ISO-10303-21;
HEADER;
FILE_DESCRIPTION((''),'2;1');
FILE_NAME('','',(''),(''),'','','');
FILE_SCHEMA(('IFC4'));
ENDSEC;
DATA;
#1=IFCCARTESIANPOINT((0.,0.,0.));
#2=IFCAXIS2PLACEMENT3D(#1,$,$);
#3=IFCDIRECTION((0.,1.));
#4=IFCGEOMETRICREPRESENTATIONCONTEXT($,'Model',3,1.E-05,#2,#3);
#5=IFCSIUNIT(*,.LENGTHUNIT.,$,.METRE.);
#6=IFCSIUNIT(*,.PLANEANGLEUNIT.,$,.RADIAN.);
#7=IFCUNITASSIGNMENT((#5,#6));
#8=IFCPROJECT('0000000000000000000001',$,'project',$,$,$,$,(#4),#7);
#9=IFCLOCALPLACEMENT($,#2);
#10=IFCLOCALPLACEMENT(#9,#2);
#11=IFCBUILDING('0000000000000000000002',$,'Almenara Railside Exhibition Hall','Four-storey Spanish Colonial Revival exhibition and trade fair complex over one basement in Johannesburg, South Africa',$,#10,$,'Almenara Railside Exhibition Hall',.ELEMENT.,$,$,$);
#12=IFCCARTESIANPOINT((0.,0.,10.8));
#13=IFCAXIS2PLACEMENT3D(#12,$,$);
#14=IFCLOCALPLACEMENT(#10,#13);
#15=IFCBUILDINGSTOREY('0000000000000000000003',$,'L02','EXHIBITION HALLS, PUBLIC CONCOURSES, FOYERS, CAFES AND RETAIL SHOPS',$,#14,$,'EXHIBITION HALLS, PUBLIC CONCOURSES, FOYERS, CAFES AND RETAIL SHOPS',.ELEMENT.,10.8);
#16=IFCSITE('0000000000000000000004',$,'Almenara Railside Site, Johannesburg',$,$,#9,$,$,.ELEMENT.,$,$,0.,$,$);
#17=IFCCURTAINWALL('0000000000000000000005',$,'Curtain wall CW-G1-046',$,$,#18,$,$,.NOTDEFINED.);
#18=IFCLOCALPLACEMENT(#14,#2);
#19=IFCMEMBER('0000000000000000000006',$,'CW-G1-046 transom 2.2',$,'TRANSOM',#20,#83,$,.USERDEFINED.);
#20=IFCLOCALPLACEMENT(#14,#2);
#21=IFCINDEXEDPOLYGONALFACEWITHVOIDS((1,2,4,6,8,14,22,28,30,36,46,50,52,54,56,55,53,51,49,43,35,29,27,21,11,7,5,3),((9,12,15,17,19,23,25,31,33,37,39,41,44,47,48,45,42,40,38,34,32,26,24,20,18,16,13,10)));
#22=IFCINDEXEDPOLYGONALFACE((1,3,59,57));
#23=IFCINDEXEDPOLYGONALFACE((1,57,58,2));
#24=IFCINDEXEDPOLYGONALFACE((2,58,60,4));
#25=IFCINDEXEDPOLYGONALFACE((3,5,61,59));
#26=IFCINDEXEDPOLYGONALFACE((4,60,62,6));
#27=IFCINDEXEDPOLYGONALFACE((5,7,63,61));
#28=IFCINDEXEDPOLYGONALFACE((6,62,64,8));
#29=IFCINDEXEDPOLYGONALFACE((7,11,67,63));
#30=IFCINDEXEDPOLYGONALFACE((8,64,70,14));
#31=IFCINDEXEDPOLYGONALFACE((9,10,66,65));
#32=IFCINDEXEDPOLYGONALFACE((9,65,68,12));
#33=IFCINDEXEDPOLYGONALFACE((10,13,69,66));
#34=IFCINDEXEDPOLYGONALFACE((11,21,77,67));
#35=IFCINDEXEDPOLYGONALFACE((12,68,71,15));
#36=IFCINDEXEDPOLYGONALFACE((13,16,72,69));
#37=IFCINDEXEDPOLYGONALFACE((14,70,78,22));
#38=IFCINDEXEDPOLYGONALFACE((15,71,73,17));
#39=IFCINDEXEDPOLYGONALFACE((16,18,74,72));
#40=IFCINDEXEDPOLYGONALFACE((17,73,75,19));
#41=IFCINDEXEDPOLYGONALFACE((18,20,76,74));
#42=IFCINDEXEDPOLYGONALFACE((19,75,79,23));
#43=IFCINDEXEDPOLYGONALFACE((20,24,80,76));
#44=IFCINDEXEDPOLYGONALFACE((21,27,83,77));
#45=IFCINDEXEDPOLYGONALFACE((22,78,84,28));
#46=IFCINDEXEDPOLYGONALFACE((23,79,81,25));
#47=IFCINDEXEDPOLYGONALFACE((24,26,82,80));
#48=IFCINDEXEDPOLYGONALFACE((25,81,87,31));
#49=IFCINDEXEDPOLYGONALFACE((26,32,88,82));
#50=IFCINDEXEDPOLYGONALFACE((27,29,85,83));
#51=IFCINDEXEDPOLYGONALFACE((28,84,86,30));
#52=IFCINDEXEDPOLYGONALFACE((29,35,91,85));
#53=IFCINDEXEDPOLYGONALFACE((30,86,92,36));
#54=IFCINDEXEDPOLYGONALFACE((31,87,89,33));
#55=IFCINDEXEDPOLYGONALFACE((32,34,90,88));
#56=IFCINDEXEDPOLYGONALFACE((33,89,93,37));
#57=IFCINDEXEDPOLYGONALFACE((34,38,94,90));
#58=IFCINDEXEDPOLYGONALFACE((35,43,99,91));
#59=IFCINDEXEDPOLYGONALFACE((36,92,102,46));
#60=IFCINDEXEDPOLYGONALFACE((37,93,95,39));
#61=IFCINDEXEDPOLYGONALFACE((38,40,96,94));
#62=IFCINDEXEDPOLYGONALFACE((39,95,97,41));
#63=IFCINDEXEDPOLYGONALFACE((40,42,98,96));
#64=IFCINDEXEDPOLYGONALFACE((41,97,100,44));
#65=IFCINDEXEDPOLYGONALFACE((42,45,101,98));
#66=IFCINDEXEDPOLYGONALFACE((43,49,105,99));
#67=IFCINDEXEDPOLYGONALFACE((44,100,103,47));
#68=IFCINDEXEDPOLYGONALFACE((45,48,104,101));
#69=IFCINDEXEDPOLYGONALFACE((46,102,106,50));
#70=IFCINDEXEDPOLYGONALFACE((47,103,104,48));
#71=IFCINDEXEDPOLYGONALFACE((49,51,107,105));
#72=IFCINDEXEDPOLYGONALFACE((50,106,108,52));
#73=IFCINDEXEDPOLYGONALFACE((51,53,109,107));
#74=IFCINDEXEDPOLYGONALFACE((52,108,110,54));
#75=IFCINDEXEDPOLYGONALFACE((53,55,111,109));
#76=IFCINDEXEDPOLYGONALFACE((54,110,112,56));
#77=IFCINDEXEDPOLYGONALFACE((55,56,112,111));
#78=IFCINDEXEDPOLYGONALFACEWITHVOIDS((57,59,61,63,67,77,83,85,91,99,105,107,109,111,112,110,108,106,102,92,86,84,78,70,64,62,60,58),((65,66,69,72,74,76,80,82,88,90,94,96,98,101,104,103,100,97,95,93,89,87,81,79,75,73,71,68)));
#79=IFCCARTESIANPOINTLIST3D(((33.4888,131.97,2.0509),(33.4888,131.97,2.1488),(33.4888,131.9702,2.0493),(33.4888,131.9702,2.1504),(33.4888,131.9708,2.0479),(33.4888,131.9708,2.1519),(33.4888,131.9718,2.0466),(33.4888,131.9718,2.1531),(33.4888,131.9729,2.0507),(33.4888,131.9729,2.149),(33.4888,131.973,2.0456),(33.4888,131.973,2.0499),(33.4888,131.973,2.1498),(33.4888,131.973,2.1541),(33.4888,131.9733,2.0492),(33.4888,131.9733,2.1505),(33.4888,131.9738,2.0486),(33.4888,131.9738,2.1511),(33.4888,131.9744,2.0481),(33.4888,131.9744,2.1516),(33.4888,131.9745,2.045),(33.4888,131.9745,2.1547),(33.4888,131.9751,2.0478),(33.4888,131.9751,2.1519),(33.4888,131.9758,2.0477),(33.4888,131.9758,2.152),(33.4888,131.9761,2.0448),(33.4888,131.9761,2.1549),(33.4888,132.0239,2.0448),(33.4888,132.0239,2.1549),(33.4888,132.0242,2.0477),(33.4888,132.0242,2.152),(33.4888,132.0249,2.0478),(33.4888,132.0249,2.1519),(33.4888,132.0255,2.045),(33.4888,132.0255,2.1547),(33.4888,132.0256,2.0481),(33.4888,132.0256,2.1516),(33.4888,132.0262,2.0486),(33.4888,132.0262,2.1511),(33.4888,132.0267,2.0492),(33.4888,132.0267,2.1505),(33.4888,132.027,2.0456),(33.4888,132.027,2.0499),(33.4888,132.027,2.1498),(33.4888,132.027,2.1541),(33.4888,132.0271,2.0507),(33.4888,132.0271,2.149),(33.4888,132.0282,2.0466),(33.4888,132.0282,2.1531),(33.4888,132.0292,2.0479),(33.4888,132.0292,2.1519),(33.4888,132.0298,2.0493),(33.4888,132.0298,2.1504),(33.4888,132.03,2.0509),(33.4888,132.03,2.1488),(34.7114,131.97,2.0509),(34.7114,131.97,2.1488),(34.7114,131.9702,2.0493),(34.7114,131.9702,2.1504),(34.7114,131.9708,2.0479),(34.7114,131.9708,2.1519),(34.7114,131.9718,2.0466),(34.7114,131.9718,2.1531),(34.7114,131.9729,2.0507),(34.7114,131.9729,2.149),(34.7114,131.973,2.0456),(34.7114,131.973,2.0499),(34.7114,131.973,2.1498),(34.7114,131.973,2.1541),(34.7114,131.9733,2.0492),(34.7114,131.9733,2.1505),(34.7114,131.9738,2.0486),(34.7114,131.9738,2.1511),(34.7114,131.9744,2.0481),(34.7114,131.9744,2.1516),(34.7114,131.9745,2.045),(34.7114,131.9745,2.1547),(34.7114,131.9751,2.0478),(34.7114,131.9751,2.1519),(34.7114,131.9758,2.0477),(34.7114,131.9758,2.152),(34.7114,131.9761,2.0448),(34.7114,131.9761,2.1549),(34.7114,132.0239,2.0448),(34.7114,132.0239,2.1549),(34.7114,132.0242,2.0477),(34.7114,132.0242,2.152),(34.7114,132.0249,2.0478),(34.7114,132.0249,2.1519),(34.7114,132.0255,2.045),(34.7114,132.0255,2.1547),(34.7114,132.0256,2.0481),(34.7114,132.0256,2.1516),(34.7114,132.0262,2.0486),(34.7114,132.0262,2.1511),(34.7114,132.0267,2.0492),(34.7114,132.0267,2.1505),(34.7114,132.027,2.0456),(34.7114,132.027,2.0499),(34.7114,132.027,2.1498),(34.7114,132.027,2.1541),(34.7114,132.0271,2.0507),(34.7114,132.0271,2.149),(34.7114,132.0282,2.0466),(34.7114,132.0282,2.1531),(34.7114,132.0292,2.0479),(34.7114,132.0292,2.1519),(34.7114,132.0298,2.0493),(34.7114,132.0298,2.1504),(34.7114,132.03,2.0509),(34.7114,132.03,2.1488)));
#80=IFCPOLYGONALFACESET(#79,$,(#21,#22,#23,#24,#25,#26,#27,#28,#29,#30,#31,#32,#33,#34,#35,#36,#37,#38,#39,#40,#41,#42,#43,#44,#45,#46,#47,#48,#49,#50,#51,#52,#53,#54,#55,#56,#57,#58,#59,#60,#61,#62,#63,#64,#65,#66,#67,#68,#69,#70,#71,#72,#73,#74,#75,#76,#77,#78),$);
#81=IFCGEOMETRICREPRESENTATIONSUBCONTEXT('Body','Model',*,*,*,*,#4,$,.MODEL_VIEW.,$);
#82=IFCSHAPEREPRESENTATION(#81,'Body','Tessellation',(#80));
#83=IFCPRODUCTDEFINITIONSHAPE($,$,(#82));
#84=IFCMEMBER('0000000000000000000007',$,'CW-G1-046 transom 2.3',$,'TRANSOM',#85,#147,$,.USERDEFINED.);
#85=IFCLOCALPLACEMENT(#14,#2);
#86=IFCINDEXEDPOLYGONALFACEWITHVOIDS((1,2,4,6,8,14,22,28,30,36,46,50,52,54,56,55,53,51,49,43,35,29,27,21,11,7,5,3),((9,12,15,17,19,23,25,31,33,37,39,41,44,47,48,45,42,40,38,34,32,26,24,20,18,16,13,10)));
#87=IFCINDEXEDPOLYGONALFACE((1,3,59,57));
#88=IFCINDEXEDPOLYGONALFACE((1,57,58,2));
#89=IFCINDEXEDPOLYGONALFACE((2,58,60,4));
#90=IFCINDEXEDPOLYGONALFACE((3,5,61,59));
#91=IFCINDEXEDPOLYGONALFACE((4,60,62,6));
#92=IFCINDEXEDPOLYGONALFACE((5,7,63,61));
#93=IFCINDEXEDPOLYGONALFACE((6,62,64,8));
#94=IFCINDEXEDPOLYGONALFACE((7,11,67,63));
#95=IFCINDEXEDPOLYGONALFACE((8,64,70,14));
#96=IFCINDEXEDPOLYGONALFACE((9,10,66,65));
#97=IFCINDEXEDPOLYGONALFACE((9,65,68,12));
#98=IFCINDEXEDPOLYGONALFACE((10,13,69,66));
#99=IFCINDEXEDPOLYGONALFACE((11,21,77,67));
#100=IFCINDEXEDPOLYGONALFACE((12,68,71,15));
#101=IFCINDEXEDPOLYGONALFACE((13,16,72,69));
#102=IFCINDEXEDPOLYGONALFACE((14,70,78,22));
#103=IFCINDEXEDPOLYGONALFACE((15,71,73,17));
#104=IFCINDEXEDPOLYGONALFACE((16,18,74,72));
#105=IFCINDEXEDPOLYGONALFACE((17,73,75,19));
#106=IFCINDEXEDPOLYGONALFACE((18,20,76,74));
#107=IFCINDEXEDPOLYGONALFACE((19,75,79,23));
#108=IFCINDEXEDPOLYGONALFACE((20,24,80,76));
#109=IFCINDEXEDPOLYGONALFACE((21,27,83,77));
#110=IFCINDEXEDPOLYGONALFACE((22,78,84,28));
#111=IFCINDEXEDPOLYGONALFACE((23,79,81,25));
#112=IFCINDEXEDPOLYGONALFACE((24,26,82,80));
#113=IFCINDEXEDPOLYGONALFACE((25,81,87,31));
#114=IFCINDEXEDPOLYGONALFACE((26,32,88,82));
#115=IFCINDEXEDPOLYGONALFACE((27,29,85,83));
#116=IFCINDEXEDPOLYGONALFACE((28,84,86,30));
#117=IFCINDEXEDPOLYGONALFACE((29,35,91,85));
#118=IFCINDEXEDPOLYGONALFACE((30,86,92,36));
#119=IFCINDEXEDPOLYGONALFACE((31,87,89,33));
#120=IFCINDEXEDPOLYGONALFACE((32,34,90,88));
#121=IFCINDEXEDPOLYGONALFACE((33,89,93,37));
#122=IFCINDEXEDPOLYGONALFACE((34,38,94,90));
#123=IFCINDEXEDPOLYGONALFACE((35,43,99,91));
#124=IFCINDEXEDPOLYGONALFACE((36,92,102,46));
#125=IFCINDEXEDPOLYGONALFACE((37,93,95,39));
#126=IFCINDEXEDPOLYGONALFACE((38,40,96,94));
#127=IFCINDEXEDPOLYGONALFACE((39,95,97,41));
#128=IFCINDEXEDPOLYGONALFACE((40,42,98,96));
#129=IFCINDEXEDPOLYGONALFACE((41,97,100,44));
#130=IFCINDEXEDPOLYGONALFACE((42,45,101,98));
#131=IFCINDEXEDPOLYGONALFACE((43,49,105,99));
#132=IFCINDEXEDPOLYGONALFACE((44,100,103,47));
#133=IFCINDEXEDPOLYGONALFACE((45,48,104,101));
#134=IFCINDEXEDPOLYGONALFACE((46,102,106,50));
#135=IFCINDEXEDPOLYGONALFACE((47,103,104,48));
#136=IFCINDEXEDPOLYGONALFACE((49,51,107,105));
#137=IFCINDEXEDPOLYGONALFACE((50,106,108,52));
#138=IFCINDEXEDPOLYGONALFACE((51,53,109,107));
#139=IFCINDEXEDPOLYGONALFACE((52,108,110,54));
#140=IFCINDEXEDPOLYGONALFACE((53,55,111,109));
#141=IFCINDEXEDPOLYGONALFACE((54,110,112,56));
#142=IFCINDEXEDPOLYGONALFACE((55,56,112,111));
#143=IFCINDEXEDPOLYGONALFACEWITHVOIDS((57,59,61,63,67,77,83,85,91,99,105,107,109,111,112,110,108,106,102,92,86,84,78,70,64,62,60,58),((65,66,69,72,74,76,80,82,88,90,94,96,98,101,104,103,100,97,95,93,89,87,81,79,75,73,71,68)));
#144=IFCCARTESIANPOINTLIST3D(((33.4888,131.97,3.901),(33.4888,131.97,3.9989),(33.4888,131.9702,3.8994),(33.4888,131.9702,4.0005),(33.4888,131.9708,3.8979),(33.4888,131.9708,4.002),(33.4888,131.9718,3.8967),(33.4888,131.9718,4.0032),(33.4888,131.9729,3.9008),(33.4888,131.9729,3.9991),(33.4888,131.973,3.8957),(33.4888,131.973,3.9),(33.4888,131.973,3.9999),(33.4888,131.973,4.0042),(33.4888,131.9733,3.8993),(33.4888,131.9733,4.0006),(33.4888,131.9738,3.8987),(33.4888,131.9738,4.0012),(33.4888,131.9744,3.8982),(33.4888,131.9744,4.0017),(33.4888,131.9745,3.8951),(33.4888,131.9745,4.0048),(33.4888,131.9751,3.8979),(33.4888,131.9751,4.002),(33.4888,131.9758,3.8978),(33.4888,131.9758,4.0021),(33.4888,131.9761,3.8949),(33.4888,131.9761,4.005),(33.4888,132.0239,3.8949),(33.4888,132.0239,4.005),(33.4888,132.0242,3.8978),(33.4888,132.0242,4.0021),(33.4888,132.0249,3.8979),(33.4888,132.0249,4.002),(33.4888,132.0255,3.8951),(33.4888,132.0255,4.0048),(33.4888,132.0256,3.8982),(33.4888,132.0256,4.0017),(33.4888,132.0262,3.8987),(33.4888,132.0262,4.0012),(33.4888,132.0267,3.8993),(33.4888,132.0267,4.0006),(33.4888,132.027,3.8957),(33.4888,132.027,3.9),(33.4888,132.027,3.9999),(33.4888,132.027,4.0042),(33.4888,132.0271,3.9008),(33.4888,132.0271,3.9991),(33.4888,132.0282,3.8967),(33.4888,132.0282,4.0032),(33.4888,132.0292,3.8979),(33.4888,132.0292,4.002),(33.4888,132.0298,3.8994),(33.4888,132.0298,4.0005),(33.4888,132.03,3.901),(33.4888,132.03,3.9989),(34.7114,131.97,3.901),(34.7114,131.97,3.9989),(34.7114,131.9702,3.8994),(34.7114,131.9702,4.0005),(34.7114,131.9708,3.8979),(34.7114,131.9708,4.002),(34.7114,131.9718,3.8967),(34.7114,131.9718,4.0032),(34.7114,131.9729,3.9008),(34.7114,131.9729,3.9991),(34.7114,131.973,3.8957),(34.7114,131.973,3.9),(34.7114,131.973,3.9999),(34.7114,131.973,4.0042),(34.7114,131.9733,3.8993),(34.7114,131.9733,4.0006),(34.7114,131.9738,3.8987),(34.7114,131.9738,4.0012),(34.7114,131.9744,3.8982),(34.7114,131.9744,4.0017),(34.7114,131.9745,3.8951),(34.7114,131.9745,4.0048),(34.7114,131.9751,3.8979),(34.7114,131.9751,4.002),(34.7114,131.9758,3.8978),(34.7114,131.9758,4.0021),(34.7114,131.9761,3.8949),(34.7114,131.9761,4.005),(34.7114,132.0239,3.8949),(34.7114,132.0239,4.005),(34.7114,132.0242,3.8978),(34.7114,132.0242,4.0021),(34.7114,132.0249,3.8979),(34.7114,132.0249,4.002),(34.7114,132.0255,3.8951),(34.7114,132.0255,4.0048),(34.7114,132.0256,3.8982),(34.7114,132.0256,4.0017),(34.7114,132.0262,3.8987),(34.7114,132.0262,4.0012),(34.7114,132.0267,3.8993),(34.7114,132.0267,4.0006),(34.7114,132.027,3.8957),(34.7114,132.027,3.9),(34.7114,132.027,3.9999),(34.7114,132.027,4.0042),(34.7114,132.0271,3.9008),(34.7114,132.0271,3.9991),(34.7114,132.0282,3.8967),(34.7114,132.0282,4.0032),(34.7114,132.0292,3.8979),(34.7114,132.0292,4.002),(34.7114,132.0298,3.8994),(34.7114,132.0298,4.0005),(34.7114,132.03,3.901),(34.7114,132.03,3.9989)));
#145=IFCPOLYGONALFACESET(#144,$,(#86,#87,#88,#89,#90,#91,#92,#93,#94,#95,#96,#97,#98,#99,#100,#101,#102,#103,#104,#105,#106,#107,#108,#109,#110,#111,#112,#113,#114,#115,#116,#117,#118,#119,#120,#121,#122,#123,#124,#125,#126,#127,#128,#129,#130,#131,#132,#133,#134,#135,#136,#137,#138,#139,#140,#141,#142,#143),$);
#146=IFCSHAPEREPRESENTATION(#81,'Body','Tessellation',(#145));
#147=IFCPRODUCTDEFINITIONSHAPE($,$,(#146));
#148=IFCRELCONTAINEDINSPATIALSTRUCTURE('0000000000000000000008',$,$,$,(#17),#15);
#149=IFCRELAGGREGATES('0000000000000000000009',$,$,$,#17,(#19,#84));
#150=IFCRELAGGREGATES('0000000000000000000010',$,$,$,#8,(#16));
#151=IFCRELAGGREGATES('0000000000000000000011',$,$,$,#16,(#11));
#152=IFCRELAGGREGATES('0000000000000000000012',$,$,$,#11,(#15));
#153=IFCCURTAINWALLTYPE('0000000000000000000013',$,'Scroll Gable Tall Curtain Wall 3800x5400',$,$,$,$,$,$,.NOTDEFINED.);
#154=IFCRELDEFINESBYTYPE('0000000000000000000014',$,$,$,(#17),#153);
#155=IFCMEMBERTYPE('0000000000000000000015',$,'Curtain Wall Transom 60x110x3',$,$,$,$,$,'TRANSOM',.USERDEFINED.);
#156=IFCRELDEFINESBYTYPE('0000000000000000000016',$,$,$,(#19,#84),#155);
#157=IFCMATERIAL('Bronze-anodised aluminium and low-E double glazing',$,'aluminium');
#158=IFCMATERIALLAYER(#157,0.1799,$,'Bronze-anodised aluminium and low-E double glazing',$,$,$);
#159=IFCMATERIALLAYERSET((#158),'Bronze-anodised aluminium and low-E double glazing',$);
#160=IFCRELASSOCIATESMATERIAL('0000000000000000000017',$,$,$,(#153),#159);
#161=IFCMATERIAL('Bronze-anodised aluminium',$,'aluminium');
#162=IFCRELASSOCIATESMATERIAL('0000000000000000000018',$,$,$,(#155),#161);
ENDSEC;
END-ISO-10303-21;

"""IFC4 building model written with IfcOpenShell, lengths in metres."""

from ifc_helpers import new_model, si_unit, direction, frame, origin, origin_2d, place, context, subcontext, project, spatial, hollow_rectangle, extrude, material, layer, layer_set, material_profile, profile_set, type_object, element, aggregate, save


model = new_model("IFC4")

# Units and contexts
model_context = context("Model", 3, precision=1e-05, world=origin(), true_north=direction((0.0, 1.0)))
body_context = subcontext(model_context, "Body", "Model", "MODEL_VIEW")
ifc_project = project(units=[si_unit("LENGTHUNIT", "METRE"), si_unit("PLANEANGLEUNIT", "RADIAN")], contexts=[model_context])

# Site, building, storey
site_placement = place(None, origin())
site = spatial("IfcSite", under=ifc_project, at=site_placement, Name="Almenara Railside Site, Johannesburg", CompositionType="ELEMENT", RefElevation=0.0)
building_placement = place(site_placement, origin())
building = spatial("IfcBuilding", under=site, at=building_placement, Name="Almenara Railside Exhibition Hall", Description="Four-storey Spanish Colonial Revival exhibition and trade fair complex over one basement in Johannesburg, South Africa", LongName="Almenara Railside Exhibition Hall", CompositionType="ELEMENT")
storey_placement = place(building_placement, frame((0.0, 0.0, 10.8)))
storey = spatial("IfcBuildingStorey", under=building, at=storey_placement, Name="L02", Description="EXHIBITION HALLS, PUBLIC CONCOURSES, FOYERS, CAFES AND RETAIL SHOPS", LongName="EXHIBITION HALLS, PUBLIC CONCOURSES, FOYERS, CAFES AND RETAIL SHOPS", CompositionType="ELEMENT", Elevation=10.8)

# Curtain wall
ifc_material_1 = material(Name="Bronze-anodised aluminium and low-E double glazing", Category="aluminium")
ifc_layer_1 = layer(ifc_material_1, 0.1799, Name="Bronze-anodised aluminium and low-E double glazing")
ifc_layer_set_1 = layer_set([ifc_layer_1], Name="Bronze-anodised aluminium and low-E double glazing")
curtain_wall_type_1 = type_object("IfcCurtainWallType", Name="Scroll Gable Tall Curtain Wall 3800x5400", PredefinedType="NOTDEFINED", material=ifc_layer_set_1)
ifc_material_2 = material(Name="Bronze-anodised aluminium", Category="aluminium")
curtain_wall_1_placement = place(storey_placement, origin())
curtain_wall_1 = element("IfcCurtainWall", 1, at=curtain_wall_1_placement, inside=storey, type_object=curtain_wall_type_1, Name="Curtain wall CW-G1-046", PredefinedType="NOTDEFINED")

# Members
ifc_material_profile_1 = material_profile(ifc_material_2, hollow_rectangle(XDim=0.0601, YDim=0.1101, WallThickness=0.0029, InnerFilletRadius=0.0029, OuterFilletRadius=0.0061, at=origin_2d()), Name="ALU-TRN 60x110x3")
ifc_profile_set_1 = profile_set([ifc_material_profile_1], Name="Bronze-anodised aluminium")
member_type_1 = type_object("IfcMemberType", Name="Curtain Wall Transom 60x110x3", ElementType="TRANSOM", PredefinedType="USERDEFINED", material=ifc_profile_set_1)
member_1_placement = place(storey_placement, frame((33.4888, 132.0, 2.0999), z_axis=(1.0, 0.0, 0.0), x_axis=(0.0, 1.0, 0.0)))
member_1 = element("IfcMember", 2, at=member_1_placement, type_object=member_type_1, Name="CW-G1-046 transom 2.2", ObjectType="TRANSOM", PredefinedType="USERDEFINED", context=body_context, shape_type="SweptSolid", body=[
    extrude(hollow_rectangle(XDim=0.0601, YDim=0.1101, WallThickness=0.0029, InnerFilletRadius=0.0029, OuterFilletRadius=0.0061, at=origin_2d()), origin(), (0.0, 0.0, 1.0), 1.2227),
])
member_2_placement = place(storey_placement, frame((33.4888, 132.0, 3.95), z_axis=(1.0, 0.0, 0.0), x_axis=(0.0, 1.0, 0.0)))
member_2 = element("IfcMember", 3, at=member_2_placement, type_object=member_type_1, Name="CW-G1-046 transom 2.3", ObjectType="TRANSOM", PredefinedType="USERDEFINED", context=body_context, shape_type="SweptSolid", body=[
    extrude(hollow_rectangle(XDim=0.0601, YDim=0.1101, WallThickness=0.0029, InnerFilletRadius=0.0029, OuterFilletRadius=0.0061, at=origin_2d()), origin(), (0.0, 0.0, 1.0), 1.2227),
])

aggregate(curtain_wall_1, [member_1, member_2])

save(model, "model.ifc")
